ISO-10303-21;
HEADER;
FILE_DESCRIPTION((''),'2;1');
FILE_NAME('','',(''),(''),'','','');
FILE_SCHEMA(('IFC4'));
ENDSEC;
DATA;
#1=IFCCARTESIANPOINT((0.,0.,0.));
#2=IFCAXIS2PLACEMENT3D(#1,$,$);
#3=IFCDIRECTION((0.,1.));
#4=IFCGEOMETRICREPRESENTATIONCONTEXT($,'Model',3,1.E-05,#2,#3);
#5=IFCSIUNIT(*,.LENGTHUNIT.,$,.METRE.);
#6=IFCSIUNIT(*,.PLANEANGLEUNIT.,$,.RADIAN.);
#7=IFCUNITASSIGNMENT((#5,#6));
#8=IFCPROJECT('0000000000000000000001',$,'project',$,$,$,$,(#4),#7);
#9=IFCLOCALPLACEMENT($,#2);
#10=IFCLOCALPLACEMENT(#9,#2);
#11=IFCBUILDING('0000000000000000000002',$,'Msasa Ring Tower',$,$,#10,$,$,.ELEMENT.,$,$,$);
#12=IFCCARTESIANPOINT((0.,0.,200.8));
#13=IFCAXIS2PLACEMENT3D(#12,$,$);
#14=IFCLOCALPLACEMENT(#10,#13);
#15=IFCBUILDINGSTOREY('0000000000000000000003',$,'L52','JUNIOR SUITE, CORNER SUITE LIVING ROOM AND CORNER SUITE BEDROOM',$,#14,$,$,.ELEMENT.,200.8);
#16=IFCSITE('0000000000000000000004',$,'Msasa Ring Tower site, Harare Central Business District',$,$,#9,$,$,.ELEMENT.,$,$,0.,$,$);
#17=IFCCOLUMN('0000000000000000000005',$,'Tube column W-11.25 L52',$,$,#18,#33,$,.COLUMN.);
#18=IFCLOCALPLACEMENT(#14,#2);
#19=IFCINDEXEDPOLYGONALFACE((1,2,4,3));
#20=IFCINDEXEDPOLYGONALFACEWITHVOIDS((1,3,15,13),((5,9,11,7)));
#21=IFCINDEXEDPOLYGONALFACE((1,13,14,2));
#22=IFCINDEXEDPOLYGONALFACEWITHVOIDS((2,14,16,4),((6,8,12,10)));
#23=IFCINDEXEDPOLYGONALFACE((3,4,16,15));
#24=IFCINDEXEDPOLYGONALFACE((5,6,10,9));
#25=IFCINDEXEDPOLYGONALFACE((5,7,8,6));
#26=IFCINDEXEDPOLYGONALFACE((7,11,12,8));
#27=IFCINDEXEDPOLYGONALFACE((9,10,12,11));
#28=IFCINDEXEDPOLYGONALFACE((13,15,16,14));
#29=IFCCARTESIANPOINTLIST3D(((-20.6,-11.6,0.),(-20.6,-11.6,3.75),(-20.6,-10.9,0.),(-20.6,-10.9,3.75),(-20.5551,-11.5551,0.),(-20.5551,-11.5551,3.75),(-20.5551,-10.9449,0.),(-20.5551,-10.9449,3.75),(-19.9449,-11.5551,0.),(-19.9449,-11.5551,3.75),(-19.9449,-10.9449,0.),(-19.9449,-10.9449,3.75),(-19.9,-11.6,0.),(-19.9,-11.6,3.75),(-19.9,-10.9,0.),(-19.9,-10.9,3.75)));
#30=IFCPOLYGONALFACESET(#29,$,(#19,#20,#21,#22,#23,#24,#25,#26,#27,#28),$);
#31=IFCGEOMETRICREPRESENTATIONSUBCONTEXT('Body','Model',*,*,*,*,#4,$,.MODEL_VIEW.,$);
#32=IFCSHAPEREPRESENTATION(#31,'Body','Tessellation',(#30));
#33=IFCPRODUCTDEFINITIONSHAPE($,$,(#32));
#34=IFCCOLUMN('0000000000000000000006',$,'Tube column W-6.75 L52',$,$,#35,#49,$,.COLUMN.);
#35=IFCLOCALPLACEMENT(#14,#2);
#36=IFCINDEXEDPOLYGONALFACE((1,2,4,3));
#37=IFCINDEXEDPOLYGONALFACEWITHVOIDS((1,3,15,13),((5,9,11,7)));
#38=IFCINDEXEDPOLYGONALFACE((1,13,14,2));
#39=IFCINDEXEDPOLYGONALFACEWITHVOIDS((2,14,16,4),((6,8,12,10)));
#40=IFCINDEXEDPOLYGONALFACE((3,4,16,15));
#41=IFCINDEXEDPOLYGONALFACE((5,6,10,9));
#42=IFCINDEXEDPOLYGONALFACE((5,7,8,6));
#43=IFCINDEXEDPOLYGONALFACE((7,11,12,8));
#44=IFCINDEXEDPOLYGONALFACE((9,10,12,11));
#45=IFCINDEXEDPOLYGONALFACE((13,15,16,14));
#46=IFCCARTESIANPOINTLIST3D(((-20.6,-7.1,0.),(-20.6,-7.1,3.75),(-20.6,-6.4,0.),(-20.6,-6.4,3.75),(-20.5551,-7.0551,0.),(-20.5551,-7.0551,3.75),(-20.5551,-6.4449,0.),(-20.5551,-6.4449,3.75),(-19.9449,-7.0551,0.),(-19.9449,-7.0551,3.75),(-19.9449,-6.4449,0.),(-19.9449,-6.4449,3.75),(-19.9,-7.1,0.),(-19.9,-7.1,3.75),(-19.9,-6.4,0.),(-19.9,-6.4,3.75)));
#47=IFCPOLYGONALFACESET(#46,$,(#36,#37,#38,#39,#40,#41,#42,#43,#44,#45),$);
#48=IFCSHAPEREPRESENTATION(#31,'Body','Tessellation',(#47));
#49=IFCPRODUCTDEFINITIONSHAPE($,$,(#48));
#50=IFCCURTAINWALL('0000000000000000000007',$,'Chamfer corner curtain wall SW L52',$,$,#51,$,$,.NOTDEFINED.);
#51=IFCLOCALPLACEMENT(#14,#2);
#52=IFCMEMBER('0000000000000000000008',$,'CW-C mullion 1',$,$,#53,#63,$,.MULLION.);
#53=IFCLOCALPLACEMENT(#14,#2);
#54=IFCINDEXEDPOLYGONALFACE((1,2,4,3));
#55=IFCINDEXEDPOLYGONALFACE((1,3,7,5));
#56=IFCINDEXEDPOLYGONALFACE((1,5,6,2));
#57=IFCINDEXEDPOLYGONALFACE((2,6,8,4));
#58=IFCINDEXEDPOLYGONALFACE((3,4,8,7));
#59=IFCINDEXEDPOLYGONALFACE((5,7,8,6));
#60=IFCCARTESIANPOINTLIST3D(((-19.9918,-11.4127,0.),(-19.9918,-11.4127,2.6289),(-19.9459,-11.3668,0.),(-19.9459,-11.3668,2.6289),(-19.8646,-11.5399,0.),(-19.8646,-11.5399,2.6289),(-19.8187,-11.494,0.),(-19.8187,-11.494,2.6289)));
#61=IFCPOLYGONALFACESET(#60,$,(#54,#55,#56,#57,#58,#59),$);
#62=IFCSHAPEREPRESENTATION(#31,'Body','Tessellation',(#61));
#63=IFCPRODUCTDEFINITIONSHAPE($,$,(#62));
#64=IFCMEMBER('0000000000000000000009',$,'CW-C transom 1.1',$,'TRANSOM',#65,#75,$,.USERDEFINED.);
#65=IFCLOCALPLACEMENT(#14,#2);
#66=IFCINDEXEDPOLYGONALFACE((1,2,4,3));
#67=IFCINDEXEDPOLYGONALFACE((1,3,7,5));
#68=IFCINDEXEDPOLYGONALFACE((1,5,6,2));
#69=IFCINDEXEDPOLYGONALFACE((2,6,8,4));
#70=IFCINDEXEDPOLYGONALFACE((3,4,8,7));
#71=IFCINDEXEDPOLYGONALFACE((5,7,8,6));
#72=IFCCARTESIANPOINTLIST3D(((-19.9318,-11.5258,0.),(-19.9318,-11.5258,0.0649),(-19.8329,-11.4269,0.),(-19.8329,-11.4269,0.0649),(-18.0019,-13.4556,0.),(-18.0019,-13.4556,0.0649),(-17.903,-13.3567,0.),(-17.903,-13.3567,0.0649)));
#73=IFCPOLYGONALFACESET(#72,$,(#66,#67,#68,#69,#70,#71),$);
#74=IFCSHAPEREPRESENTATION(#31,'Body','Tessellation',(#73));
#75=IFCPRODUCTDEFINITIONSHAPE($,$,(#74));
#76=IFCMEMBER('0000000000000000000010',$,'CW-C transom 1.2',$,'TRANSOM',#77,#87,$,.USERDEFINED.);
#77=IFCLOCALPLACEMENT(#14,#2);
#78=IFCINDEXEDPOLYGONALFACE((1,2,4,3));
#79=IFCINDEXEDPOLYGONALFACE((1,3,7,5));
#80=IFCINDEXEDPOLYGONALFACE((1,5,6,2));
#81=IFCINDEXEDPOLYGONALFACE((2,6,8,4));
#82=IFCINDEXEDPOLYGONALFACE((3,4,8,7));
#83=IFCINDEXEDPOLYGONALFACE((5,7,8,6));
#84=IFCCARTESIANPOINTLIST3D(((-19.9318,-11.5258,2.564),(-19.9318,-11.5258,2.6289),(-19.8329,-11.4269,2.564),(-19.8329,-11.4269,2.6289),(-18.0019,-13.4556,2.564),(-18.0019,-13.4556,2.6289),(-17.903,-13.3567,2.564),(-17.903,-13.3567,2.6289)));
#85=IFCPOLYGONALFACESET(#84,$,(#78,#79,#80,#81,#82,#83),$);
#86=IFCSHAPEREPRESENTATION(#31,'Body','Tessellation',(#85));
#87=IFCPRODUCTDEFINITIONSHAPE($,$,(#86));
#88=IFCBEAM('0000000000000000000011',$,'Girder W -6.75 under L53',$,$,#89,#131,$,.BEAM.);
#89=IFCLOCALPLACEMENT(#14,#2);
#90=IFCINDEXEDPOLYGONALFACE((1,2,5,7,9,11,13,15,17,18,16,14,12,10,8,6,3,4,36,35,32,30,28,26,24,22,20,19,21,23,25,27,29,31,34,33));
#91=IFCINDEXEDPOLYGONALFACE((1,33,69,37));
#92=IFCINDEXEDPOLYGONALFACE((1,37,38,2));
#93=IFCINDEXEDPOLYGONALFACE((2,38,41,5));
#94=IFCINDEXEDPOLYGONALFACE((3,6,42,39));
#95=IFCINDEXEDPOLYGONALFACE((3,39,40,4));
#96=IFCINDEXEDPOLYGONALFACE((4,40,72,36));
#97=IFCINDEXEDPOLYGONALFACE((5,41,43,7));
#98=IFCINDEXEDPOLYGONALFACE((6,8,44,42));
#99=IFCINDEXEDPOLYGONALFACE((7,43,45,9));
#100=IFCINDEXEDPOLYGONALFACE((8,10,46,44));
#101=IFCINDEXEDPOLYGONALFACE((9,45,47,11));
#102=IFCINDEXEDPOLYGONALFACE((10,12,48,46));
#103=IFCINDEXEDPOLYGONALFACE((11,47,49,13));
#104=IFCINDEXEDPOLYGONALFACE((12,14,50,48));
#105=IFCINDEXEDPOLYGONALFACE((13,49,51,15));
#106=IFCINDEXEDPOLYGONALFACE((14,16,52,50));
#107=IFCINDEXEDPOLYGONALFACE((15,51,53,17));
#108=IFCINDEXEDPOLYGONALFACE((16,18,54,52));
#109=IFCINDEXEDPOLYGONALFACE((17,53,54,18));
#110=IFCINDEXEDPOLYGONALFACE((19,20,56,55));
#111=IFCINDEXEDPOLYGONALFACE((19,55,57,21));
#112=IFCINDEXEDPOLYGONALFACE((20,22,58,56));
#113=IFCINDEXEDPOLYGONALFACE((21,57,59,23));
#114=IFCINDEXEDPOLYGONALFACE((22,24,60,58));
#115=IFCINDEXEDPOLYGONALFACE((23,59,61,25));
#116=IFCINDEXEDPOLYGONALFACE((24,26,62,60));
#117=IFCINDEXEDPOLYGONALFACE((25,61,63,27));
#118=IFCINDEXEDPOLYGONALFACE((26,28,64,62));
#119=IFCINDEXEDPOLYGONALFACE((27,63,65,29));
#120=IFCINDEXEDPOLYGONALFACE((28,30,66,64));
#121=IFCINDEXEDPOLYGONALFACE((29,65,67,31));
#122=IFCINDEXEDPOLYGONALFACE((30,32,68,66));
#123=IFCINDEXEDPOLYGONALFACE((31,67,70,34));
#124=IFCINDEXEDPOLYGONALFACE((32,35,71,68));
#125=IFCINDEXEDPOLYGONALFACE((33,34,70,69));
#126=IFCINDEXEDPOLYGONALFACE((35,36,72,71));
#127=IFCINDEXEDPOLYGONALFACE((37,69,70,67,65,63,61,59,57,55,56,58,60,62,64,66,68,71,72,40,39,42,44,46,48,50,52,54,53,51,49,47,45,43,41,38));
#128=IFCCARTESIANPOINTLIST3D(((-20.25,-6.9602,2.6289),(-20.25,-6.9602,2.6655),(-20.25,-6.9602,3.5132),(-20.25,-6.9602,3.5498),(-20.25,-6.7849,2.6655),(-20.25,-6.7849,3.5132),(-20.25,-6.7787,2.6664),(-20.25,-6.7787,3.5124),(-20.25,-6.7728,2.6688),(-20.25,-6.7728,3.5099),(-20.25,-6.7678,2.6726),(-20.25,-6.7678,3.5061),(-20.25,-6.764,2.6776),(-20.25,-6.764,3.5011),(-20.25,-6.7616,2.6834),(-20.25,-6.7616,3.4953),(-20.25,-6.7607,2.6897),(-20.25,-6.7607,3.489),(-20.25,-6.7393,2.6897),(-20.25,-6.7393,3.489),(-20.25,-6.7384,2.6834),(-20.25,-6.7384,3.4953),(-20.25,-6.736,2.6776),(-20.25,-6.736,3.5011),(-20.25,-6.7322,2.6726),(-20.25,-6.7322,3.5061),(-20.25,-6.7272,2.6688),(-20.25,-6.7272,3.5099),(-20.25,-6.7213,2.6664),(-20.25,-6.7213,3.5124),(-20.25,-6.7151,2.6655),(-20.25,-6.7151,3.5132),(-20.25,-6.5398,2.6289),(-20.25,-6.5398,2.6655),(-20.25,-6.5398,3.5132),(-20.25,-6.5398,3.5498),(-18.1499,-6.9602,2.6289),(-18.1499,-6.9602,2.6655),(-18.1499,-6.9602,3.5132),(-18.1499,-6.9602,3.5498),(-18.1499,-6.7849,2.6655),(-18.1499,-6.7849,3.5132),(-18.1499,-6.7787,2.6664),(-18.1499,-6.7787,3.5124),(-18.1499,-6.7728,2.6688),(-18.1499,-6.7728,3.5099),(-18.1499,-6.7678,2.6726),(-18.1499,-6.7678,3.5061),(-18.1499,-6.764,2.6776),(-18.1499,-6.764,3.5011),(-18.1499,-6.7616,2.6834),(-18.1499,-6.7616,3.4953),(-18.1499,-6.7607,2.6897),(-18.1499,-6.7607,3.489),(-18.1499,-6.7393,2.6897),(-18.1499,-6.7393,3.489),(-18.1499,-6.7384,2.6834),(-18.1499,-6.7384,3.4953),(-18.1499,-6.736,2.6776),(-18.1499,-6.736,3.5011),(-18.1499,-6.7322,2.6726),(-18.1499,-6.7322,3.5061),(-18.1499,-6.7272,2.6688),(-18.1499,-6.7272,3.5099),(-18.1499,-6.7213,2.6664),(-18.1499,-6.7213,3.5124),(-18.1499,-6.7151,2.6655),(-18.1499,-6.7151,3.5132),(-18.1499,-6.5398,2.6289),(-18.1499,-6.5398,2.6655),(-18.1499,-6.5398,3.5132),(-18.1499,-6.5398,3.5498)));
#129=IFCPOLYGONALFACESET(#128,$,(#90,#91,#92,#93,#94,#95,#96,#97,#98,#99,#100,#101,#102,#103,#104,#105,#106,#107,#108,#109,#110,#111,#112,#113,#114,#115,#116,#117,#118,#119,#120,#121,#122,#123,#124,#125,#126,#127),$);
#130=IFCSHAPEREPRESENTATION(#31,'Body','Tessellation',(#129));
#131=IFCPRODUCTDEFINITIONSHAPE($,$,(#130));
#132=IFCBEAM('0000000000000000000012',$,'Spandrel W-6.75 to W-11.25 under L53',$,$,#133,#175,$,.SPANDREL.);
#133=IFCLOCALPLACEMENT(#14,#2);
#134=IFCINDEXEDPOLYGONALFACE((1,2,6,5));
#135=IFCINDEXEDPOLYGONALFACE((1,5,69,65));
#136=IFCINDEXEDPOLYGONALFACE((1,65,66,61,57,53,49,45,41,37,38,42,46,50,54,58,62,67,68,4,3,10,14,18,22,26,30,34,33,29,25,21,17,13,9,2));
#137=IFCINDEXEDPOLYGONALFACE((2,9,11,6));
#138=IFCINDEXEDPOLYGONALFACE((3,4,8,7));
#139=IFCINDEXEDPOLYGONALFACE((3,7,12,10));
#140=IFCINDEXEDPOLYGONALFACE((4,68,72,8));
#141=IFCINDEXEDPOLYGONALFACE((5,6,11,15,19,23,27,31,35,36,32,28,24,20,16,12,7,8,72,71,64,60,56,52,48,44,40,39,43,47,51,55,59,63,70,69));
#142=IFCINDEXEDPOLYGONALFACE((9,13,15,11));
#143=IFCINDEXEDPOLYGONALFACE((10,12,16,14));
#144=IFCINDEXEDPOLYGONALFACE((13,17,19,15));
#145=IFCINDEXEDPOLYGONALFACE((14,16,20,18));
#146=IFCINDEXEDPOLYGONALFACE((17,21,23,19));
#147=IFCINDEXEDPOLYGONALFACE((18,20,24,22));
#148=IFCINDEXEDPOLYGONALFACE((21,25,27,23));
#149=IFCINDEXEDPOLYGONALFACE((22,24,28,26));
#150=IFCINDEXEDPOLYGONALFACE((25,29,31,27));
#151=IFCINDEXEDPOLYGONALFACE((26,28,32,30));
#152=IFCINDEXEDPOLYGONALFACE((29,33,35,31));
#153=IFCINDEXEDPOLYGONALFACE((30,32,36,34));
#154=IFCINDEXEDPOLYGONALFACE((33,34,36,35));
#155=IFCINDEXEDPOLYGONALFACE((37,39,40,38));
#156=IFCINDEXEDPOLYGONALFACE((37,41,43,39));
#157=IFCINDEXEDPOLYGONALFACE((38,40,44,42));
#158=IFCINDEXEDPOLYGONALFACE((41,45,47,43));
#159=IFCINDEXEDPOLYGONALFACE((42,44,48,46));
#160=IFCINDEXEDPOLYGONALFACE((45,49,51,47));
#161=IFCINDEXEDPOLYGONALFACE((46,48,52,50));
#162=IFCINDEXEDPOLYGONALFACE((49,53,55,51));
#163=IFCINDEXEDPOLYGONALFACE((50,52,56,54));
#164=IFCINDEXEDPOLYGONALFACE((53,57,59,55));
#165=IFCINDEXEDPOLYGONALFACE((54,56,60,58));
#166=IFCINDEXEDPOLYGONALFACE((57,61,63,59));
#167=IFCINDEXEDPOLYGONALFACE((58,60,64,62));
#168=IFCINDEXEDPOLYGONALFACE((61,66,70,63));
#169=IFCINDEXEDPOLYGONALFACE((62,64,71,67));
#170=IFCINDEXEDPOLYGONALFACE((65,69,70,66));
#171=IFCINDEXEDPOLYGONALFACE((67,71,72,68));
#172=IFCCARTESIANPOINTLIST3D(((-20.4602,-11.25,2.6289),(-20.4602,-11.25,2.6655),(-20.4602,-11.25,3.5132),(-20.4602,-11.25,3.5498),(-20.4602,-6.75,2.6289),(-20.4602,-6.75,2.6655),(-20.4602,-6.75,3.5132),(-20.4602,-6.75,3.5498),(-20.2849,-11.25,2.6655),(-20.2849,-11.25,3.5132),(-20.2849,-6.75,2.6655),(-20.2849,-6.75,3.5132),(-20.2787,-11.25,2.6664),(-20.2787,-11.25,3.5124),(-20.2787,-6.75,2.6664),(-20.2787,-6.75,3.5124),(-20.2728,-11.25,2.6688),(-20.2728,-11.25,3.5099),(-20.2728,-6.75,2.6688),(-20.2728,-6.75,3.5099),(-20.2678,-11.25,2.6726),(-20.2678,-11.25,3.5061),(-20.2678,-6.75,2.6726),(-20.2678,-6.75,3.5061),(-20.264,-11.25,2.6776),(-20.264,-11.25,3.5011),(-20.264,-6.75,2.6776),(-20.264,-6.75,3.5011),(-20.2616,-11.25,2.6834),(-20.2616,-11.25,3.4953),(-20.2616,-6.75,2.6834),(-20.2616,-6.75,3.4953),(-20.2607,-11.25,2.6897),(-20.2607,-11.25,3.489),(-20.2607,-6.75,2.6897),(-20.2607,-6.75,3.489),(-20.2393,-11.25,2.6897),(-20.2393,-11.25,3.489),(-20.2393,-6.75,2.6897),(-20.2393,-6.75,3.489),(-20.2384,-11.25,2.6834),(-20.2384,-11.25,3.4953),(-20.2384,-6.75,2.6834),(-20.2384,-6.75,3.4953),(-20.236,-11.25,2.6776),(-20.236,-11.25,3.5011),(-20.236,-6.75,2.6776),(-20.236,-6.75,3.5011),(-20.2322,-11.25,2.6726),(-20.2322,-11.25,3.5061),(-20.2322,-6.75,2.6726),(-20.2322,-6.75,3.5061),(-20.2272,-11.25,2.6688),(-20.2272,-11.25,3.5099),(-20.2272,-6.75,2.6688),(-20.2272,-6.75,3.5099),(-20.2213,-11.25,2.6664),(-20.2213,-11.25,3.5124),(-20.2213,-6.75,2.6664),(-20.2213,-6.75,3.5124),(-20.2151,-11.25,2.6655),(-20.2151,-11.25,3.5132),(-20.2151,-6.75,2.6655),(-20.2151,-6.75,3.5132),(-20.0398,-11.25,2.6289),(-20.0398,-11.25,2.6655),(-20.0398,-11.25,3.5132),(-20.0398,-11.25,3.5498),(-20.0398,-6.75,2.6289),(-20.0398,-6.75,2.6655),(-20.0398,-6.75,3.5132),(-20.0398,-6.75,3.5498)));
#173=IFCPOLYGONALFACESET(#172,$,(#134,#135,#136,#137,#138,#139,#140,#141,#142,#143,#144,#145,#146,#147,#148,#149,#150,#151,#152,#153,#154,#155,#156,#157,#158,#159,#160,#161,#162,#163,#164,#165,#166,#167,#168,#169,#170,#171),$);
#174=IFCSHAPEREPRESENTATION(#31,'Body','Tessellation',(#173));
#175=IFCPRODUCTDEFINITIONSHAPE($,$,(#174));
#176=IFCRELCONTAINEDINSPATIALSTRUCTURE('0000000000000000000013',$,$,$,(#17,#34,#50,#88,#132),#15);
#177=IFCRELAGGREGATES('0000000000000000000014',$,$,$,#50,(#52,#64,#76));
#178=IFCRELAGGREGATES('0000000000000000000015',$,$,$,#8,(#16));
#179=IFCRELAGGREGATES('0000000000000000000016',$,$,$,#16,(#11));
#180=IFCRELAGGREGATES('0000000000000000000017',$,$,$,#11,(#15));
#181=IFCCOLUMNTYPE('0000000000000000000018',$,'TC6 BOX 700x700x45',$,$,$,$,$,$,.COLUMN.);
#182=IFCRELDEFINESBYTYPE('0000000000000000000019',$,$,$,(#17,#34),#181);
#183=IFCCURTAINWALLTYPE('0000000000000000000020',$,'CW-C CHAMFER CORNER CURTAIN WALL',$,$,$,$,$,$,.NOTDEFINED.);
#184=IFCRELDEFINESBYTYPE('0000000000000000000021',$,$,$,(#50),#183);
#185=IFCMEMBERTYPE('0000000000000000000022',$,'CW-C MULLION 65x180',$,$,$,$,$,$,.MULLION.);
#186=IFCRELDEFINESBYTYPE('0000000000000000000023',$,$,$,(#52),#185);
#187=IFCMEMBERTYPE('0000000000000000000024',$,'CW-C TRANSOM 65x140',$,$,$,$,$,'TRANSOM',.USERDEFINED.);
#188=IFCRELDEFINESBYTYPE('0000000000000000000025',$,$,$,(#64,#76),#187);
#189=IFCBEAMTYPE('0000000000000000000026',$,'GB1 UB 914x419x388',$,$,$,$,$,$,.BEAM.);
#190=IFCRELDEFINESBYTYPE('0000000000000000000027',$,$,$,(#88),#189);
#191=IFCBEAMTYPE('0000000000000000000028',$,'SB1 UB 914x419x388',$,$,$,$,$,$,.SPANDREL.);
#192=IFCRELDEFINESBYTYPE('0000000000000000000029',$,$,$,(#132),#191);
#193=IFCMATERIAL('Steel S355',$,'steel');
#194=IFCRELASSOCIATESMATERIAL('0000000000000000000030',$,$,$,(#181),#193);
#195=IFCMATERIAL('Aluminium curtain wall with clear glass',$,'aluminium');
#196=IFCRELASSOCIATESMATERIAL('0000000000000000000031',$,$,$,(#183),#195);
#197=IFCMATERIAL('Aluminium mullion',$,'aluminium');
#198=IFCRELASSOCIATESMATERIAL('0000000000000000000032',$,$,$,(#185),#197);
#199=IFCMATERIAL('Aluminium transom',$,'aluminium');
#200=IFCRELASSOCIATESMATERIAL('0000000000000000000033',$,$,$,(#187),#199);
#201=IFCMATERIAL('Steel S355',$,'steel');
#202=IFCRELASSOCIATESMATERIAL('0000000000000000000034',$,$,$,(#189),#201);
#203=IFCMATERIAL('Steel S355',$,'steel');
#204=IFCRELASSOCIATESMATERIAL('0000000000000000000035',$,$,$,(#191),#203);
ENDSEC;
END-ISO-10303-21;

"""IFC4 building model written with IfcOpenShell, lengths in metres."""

from ifc_helpers import new_model, si_unit, direction, frame, origin, origin_2d, place, context, subcontext, project, spatial, rectangle, hollow_rectangle, i_section, extrude, material, material_profile, profile_set, type_object, element, aggregate, save


model = new_model("IFC4")

# Units and contexts
model_context = context("Model", 3, precision=1e-05, world=origin(), true_north=direction((0.0, 1.0)))
body_context = subcontext(model_context, "Body", "Model", "MODEL_VIEW")
ifc_project = project(units=[si_unit("LENGTHUNIT", "METRE"), si_unit("PLANEANGLEUNIT", "RADIAN")], contexts=[model_context])

# Site, building, storey
site_placement = place(None, origin())
site = spatial("IfcSite", under=ifc_project, at=site_placement, Name="Msasa Ring Tower site, Harare Central Business District", CompositionType="ELEMENT", RefElevation=0.0)
building_placement = place(site_placement, origin())
building = spatial("IfcBuilding", under=site, at=building_placement, Name="Msasa Ring Tower", CompositionType="ELEMENT")
storey_placement = place(building_placement, frame((0.0, 0.0, 200.8)))
storey = spatial("IfcBuildingStorey", under=building, at=storey_placement, Name="L52", Description="JUNIOR SUITE, CORNER SUITE LIVING ROOM AND CORNER SUITE BEDROOM", CompositionType="ELEMENT", Elevation=200.8)

# Columns
ifc_material_1 = material(Name="Steel S355", Category="steel")
ifc_material_profile_1 = material_profile(ifc_material_1, hollow_rectangle(XDim=0.7, YDim=0.7, WallThickness=0.0449, at=origin_2d()), Name="BOX 700x700x45")
ifc_profile_set_1 = profile_set([ifc_material_profile_1], Name="Steel S355")
column_type = type_object("IfcColumnType", Name="TC6 BOX 700x700x45", PredefinedType="COLUMN", material=ifc_profile_set_1)
for number, where, z_axis, x_axis, name in (
    (1, (-20.25, -11.25, 0.0), (0.0, 0.0, 1.0), (1.0, 0.0, 0.0), "Tube column W-11.25 L52"),
    (2, (-20.25, -6.75, 0.0), (0.0, 0.0, 1.0), (1.0, 0.0, 0.0), "Tube column W-6.75 L52"),
):
    element("IfcColumn", number, at=place(storey_placement, frame(where, z_axis=z_axis, x_axis=x_axis)), inside=storey, type_object=column_type, Name=name, PredefinedType="COLUMN", context=body_context, shape_type="SweptSolid", body=[
        extrude(hollow_rectangle(XDim=0.7, YDim=0.7, WallThickness=0.0449, at=origin_2d()), origin(), (0.0, 0.0, 1.0), 3.75),
    ])

# Curtain wall, members
ifc_material_2 = material(Name="Aluminium curtain wall with clear glass", Category="aluminium")
curtain_wall_type = type_object("IfcCurtainWallType", Name="CW-C CHAMFER CORNER CURTAIN WALL", PredefinedType="NOTDEFINED", material=ifc_material_2)
curtain_wall_placement = place(storey_placement, origin())
curtain_wall = element("IfcCurtainWall", 3, at=curtain_wall_placement, inside=storey, type_object=curtain_wall_type, Name="Chamfer corner curtain wall SW L52", PredefinedType="NOTDEFINED")
ifc_material_3 = material(Name="Aluminium mullion", Category="aluminium")
ifc_material_profile_2 = material_profile(ifc_material_3, rectangle(XDim=0.0649, YDim=0.1799, at=origin_2d()), Name="AL 65x180")
ifc_profile_set_2 = profile_set([ifc_material_profile_2], Name="Aluminium mullion")
member_type_1 = type_object("IfcMemberType", Name="CW-C MULLION 65x180", PredefinedType="MULLION", material=ifc_profile_set_2)
member_1_placement = place(storey_placement, frame((-19.9053, -11.4534, 0.0), z_axis=(0.0, 0.0, 1.0), x_axis=(0.707107, 0.707107, 0.0)))
member_1 = element("IfcMember", 4, at=member_1_placement, type_object=member_type_1, Name="CW-C mullion 1", PredefinedType="MULLION", context=body_context, shape_type="SweptSolid", body=[
    extrude(rectangle(XDim=0.0649, YDim=0.1799, at=origin_2d()), origin(), (0.0, 0.0, 1.0), 2.6289),
])
ifc_material_4 = material(Name="Aluminium transom", Category="aluminium")
ifc_material_profile_3 = material_profile(ifc_material_4, rectangle(XDim=0.1399, YDim=0.0649, at=origin_2d()), Name="AL 65x140")
ifc_profile_set_3 = profile_set([ifc_material_profile_3], Name="Aluminium transom")
member_type_2 = type_object("IfcMemberType", Name="CW-C TRANSOM 65x140", ElementType="TRANSOM", PredefinedType="USERDEFINED", material=ifc_profile_set_3)
member_2_placement = place(storey_placement, frame((-19.8823, -11.4763, 0.0325), z_axis=(0.707107, -0.707107, 0.0), x_axis=(0.707107, 0.707107, 0.0)))
member_2 = element("IfcMember", 5, at=member_2_placement, type_object=member_type_2, Name="CW-C transom 1.1", ObjectType="TRANSOM", PredefinedType="USERDEFINED", context=body_context, shape_type="SweptSolid", body=[
    extrude(rectangle(XDim=0.1399, YDim=0.0649, at=origin_2d()), origin(), (0.0, 0.0, 1.0), 2.7292),
])
member_3_placement = place(storey_placement, frame((-19.8823, -11.4763, 2.5964), z_axis=(0.707107, -0.707107, 0.0), x_axis=(0.707107, 0.707107, 0.0)))
member_3 = element("IfcMember", 6, at=member_3_placement, type_object=member_type_2, Name="CW-C transom 1.2", ObjectType="TRANSOM", PredefinedType="USERDEFINED", context=body_context, shape_type="SweptSolid", body=[
    extrude(rectangle(XDim=0.1399, YDim=0.0649, at=origin_2d()), origin(), (0.0, 0.0, 1.0), 2.7292),
])
aggregate(curtain_wall, [member_1, member_2, member_3])

# Beams
ifc_material_5 = material(Name="Steel S355", Category="steel")
ifc_material_profile_4 = material_profile(ifc_material_5, i_section(OverallWidth=0.4204, OverallDepth=0.9209, WebThickness=0.0215, FlangeThickness=0.0366, FilletRadius=0.0242, at=origin_2d()), Name="UB 914x419x388")
ifc_profile_set_4 = profile_set([ifc_material_profile_4], Name="Steel S355")
beam_type_1 = type_object("IfcBeamType", Name="GB1 UB 914x419x388", PredefinedType="BEAM", material=ifc_profile_set_4)
beam_1_placement = place(storey_placement, frame((-18.1499, -6.75, 3.0894), z_axis=(-1.0, 0.0, 0.0), x_axis=(0.0, -1.0, 0.0)))
element("IfcBeam", 7, at=beam_1_placement, inside=storey, type_object=beam_type_1, Name="Girder W -6.75 under L53", PredefinedType="BEAM", context=body_context, shape_type="SweptSolid", body=[
    extrude(i_section(OverallWidth=0.4204, OverallDepth=0.9209, WebThickness=0.0215, FlangeThickness=0.0366, FilletRadius=0.0242, at=origin_2d()), origin(), (0.0, 0.0, 1.0), 2.1001),
])
ifc_material_6 = material(Name="Steel S355", Category="steel")
ifc_material_profile_5 = material_profile(ifc_material_6, i_section(OverallWidth=0.4204, OverallDepth=0.9209, WebThickness=0.0215, FlangeThickness=0.0366, FilletRadius=0.0242, at=origin_2d()), Name="UB 914x419x388")
ifc_profile_set_5 = profile_set([ifc_material_profile_5], Name="Steel S355")
beam_type_2 = type_object("IfcBeamType", Name="SB1 UB 914x419x388", PredefinedType="SPANDREL", material=ifc_profile_set_5)
beam_2_placement = place(storey_placement, frame((-20.25, -6.75, 3.0894), z_axis=(0.0, -1.0, 0.0), x_axis=(1.0, 0.0, 0.0)))
element("IfcBeam", 8, at=beam_2_placement, inside=storey, type_object=beam_type_2, Name="Spandrel W-6.75 to W-11.25 under L53", PredefinedType="SPANDREL", context=body_context, shape_type="SweptSolid", body=[
    extrude(i_section(OverallWidth=0.4204, OverallDepth=0.9209, WebThickness=0.0215, FlangeThickness=0.0366, FilletRadius=0.0242, at=origin_2d()), origin(), (0.0, 0.0, 1.0), 4.5),
])

save(model, "model.ifc")
